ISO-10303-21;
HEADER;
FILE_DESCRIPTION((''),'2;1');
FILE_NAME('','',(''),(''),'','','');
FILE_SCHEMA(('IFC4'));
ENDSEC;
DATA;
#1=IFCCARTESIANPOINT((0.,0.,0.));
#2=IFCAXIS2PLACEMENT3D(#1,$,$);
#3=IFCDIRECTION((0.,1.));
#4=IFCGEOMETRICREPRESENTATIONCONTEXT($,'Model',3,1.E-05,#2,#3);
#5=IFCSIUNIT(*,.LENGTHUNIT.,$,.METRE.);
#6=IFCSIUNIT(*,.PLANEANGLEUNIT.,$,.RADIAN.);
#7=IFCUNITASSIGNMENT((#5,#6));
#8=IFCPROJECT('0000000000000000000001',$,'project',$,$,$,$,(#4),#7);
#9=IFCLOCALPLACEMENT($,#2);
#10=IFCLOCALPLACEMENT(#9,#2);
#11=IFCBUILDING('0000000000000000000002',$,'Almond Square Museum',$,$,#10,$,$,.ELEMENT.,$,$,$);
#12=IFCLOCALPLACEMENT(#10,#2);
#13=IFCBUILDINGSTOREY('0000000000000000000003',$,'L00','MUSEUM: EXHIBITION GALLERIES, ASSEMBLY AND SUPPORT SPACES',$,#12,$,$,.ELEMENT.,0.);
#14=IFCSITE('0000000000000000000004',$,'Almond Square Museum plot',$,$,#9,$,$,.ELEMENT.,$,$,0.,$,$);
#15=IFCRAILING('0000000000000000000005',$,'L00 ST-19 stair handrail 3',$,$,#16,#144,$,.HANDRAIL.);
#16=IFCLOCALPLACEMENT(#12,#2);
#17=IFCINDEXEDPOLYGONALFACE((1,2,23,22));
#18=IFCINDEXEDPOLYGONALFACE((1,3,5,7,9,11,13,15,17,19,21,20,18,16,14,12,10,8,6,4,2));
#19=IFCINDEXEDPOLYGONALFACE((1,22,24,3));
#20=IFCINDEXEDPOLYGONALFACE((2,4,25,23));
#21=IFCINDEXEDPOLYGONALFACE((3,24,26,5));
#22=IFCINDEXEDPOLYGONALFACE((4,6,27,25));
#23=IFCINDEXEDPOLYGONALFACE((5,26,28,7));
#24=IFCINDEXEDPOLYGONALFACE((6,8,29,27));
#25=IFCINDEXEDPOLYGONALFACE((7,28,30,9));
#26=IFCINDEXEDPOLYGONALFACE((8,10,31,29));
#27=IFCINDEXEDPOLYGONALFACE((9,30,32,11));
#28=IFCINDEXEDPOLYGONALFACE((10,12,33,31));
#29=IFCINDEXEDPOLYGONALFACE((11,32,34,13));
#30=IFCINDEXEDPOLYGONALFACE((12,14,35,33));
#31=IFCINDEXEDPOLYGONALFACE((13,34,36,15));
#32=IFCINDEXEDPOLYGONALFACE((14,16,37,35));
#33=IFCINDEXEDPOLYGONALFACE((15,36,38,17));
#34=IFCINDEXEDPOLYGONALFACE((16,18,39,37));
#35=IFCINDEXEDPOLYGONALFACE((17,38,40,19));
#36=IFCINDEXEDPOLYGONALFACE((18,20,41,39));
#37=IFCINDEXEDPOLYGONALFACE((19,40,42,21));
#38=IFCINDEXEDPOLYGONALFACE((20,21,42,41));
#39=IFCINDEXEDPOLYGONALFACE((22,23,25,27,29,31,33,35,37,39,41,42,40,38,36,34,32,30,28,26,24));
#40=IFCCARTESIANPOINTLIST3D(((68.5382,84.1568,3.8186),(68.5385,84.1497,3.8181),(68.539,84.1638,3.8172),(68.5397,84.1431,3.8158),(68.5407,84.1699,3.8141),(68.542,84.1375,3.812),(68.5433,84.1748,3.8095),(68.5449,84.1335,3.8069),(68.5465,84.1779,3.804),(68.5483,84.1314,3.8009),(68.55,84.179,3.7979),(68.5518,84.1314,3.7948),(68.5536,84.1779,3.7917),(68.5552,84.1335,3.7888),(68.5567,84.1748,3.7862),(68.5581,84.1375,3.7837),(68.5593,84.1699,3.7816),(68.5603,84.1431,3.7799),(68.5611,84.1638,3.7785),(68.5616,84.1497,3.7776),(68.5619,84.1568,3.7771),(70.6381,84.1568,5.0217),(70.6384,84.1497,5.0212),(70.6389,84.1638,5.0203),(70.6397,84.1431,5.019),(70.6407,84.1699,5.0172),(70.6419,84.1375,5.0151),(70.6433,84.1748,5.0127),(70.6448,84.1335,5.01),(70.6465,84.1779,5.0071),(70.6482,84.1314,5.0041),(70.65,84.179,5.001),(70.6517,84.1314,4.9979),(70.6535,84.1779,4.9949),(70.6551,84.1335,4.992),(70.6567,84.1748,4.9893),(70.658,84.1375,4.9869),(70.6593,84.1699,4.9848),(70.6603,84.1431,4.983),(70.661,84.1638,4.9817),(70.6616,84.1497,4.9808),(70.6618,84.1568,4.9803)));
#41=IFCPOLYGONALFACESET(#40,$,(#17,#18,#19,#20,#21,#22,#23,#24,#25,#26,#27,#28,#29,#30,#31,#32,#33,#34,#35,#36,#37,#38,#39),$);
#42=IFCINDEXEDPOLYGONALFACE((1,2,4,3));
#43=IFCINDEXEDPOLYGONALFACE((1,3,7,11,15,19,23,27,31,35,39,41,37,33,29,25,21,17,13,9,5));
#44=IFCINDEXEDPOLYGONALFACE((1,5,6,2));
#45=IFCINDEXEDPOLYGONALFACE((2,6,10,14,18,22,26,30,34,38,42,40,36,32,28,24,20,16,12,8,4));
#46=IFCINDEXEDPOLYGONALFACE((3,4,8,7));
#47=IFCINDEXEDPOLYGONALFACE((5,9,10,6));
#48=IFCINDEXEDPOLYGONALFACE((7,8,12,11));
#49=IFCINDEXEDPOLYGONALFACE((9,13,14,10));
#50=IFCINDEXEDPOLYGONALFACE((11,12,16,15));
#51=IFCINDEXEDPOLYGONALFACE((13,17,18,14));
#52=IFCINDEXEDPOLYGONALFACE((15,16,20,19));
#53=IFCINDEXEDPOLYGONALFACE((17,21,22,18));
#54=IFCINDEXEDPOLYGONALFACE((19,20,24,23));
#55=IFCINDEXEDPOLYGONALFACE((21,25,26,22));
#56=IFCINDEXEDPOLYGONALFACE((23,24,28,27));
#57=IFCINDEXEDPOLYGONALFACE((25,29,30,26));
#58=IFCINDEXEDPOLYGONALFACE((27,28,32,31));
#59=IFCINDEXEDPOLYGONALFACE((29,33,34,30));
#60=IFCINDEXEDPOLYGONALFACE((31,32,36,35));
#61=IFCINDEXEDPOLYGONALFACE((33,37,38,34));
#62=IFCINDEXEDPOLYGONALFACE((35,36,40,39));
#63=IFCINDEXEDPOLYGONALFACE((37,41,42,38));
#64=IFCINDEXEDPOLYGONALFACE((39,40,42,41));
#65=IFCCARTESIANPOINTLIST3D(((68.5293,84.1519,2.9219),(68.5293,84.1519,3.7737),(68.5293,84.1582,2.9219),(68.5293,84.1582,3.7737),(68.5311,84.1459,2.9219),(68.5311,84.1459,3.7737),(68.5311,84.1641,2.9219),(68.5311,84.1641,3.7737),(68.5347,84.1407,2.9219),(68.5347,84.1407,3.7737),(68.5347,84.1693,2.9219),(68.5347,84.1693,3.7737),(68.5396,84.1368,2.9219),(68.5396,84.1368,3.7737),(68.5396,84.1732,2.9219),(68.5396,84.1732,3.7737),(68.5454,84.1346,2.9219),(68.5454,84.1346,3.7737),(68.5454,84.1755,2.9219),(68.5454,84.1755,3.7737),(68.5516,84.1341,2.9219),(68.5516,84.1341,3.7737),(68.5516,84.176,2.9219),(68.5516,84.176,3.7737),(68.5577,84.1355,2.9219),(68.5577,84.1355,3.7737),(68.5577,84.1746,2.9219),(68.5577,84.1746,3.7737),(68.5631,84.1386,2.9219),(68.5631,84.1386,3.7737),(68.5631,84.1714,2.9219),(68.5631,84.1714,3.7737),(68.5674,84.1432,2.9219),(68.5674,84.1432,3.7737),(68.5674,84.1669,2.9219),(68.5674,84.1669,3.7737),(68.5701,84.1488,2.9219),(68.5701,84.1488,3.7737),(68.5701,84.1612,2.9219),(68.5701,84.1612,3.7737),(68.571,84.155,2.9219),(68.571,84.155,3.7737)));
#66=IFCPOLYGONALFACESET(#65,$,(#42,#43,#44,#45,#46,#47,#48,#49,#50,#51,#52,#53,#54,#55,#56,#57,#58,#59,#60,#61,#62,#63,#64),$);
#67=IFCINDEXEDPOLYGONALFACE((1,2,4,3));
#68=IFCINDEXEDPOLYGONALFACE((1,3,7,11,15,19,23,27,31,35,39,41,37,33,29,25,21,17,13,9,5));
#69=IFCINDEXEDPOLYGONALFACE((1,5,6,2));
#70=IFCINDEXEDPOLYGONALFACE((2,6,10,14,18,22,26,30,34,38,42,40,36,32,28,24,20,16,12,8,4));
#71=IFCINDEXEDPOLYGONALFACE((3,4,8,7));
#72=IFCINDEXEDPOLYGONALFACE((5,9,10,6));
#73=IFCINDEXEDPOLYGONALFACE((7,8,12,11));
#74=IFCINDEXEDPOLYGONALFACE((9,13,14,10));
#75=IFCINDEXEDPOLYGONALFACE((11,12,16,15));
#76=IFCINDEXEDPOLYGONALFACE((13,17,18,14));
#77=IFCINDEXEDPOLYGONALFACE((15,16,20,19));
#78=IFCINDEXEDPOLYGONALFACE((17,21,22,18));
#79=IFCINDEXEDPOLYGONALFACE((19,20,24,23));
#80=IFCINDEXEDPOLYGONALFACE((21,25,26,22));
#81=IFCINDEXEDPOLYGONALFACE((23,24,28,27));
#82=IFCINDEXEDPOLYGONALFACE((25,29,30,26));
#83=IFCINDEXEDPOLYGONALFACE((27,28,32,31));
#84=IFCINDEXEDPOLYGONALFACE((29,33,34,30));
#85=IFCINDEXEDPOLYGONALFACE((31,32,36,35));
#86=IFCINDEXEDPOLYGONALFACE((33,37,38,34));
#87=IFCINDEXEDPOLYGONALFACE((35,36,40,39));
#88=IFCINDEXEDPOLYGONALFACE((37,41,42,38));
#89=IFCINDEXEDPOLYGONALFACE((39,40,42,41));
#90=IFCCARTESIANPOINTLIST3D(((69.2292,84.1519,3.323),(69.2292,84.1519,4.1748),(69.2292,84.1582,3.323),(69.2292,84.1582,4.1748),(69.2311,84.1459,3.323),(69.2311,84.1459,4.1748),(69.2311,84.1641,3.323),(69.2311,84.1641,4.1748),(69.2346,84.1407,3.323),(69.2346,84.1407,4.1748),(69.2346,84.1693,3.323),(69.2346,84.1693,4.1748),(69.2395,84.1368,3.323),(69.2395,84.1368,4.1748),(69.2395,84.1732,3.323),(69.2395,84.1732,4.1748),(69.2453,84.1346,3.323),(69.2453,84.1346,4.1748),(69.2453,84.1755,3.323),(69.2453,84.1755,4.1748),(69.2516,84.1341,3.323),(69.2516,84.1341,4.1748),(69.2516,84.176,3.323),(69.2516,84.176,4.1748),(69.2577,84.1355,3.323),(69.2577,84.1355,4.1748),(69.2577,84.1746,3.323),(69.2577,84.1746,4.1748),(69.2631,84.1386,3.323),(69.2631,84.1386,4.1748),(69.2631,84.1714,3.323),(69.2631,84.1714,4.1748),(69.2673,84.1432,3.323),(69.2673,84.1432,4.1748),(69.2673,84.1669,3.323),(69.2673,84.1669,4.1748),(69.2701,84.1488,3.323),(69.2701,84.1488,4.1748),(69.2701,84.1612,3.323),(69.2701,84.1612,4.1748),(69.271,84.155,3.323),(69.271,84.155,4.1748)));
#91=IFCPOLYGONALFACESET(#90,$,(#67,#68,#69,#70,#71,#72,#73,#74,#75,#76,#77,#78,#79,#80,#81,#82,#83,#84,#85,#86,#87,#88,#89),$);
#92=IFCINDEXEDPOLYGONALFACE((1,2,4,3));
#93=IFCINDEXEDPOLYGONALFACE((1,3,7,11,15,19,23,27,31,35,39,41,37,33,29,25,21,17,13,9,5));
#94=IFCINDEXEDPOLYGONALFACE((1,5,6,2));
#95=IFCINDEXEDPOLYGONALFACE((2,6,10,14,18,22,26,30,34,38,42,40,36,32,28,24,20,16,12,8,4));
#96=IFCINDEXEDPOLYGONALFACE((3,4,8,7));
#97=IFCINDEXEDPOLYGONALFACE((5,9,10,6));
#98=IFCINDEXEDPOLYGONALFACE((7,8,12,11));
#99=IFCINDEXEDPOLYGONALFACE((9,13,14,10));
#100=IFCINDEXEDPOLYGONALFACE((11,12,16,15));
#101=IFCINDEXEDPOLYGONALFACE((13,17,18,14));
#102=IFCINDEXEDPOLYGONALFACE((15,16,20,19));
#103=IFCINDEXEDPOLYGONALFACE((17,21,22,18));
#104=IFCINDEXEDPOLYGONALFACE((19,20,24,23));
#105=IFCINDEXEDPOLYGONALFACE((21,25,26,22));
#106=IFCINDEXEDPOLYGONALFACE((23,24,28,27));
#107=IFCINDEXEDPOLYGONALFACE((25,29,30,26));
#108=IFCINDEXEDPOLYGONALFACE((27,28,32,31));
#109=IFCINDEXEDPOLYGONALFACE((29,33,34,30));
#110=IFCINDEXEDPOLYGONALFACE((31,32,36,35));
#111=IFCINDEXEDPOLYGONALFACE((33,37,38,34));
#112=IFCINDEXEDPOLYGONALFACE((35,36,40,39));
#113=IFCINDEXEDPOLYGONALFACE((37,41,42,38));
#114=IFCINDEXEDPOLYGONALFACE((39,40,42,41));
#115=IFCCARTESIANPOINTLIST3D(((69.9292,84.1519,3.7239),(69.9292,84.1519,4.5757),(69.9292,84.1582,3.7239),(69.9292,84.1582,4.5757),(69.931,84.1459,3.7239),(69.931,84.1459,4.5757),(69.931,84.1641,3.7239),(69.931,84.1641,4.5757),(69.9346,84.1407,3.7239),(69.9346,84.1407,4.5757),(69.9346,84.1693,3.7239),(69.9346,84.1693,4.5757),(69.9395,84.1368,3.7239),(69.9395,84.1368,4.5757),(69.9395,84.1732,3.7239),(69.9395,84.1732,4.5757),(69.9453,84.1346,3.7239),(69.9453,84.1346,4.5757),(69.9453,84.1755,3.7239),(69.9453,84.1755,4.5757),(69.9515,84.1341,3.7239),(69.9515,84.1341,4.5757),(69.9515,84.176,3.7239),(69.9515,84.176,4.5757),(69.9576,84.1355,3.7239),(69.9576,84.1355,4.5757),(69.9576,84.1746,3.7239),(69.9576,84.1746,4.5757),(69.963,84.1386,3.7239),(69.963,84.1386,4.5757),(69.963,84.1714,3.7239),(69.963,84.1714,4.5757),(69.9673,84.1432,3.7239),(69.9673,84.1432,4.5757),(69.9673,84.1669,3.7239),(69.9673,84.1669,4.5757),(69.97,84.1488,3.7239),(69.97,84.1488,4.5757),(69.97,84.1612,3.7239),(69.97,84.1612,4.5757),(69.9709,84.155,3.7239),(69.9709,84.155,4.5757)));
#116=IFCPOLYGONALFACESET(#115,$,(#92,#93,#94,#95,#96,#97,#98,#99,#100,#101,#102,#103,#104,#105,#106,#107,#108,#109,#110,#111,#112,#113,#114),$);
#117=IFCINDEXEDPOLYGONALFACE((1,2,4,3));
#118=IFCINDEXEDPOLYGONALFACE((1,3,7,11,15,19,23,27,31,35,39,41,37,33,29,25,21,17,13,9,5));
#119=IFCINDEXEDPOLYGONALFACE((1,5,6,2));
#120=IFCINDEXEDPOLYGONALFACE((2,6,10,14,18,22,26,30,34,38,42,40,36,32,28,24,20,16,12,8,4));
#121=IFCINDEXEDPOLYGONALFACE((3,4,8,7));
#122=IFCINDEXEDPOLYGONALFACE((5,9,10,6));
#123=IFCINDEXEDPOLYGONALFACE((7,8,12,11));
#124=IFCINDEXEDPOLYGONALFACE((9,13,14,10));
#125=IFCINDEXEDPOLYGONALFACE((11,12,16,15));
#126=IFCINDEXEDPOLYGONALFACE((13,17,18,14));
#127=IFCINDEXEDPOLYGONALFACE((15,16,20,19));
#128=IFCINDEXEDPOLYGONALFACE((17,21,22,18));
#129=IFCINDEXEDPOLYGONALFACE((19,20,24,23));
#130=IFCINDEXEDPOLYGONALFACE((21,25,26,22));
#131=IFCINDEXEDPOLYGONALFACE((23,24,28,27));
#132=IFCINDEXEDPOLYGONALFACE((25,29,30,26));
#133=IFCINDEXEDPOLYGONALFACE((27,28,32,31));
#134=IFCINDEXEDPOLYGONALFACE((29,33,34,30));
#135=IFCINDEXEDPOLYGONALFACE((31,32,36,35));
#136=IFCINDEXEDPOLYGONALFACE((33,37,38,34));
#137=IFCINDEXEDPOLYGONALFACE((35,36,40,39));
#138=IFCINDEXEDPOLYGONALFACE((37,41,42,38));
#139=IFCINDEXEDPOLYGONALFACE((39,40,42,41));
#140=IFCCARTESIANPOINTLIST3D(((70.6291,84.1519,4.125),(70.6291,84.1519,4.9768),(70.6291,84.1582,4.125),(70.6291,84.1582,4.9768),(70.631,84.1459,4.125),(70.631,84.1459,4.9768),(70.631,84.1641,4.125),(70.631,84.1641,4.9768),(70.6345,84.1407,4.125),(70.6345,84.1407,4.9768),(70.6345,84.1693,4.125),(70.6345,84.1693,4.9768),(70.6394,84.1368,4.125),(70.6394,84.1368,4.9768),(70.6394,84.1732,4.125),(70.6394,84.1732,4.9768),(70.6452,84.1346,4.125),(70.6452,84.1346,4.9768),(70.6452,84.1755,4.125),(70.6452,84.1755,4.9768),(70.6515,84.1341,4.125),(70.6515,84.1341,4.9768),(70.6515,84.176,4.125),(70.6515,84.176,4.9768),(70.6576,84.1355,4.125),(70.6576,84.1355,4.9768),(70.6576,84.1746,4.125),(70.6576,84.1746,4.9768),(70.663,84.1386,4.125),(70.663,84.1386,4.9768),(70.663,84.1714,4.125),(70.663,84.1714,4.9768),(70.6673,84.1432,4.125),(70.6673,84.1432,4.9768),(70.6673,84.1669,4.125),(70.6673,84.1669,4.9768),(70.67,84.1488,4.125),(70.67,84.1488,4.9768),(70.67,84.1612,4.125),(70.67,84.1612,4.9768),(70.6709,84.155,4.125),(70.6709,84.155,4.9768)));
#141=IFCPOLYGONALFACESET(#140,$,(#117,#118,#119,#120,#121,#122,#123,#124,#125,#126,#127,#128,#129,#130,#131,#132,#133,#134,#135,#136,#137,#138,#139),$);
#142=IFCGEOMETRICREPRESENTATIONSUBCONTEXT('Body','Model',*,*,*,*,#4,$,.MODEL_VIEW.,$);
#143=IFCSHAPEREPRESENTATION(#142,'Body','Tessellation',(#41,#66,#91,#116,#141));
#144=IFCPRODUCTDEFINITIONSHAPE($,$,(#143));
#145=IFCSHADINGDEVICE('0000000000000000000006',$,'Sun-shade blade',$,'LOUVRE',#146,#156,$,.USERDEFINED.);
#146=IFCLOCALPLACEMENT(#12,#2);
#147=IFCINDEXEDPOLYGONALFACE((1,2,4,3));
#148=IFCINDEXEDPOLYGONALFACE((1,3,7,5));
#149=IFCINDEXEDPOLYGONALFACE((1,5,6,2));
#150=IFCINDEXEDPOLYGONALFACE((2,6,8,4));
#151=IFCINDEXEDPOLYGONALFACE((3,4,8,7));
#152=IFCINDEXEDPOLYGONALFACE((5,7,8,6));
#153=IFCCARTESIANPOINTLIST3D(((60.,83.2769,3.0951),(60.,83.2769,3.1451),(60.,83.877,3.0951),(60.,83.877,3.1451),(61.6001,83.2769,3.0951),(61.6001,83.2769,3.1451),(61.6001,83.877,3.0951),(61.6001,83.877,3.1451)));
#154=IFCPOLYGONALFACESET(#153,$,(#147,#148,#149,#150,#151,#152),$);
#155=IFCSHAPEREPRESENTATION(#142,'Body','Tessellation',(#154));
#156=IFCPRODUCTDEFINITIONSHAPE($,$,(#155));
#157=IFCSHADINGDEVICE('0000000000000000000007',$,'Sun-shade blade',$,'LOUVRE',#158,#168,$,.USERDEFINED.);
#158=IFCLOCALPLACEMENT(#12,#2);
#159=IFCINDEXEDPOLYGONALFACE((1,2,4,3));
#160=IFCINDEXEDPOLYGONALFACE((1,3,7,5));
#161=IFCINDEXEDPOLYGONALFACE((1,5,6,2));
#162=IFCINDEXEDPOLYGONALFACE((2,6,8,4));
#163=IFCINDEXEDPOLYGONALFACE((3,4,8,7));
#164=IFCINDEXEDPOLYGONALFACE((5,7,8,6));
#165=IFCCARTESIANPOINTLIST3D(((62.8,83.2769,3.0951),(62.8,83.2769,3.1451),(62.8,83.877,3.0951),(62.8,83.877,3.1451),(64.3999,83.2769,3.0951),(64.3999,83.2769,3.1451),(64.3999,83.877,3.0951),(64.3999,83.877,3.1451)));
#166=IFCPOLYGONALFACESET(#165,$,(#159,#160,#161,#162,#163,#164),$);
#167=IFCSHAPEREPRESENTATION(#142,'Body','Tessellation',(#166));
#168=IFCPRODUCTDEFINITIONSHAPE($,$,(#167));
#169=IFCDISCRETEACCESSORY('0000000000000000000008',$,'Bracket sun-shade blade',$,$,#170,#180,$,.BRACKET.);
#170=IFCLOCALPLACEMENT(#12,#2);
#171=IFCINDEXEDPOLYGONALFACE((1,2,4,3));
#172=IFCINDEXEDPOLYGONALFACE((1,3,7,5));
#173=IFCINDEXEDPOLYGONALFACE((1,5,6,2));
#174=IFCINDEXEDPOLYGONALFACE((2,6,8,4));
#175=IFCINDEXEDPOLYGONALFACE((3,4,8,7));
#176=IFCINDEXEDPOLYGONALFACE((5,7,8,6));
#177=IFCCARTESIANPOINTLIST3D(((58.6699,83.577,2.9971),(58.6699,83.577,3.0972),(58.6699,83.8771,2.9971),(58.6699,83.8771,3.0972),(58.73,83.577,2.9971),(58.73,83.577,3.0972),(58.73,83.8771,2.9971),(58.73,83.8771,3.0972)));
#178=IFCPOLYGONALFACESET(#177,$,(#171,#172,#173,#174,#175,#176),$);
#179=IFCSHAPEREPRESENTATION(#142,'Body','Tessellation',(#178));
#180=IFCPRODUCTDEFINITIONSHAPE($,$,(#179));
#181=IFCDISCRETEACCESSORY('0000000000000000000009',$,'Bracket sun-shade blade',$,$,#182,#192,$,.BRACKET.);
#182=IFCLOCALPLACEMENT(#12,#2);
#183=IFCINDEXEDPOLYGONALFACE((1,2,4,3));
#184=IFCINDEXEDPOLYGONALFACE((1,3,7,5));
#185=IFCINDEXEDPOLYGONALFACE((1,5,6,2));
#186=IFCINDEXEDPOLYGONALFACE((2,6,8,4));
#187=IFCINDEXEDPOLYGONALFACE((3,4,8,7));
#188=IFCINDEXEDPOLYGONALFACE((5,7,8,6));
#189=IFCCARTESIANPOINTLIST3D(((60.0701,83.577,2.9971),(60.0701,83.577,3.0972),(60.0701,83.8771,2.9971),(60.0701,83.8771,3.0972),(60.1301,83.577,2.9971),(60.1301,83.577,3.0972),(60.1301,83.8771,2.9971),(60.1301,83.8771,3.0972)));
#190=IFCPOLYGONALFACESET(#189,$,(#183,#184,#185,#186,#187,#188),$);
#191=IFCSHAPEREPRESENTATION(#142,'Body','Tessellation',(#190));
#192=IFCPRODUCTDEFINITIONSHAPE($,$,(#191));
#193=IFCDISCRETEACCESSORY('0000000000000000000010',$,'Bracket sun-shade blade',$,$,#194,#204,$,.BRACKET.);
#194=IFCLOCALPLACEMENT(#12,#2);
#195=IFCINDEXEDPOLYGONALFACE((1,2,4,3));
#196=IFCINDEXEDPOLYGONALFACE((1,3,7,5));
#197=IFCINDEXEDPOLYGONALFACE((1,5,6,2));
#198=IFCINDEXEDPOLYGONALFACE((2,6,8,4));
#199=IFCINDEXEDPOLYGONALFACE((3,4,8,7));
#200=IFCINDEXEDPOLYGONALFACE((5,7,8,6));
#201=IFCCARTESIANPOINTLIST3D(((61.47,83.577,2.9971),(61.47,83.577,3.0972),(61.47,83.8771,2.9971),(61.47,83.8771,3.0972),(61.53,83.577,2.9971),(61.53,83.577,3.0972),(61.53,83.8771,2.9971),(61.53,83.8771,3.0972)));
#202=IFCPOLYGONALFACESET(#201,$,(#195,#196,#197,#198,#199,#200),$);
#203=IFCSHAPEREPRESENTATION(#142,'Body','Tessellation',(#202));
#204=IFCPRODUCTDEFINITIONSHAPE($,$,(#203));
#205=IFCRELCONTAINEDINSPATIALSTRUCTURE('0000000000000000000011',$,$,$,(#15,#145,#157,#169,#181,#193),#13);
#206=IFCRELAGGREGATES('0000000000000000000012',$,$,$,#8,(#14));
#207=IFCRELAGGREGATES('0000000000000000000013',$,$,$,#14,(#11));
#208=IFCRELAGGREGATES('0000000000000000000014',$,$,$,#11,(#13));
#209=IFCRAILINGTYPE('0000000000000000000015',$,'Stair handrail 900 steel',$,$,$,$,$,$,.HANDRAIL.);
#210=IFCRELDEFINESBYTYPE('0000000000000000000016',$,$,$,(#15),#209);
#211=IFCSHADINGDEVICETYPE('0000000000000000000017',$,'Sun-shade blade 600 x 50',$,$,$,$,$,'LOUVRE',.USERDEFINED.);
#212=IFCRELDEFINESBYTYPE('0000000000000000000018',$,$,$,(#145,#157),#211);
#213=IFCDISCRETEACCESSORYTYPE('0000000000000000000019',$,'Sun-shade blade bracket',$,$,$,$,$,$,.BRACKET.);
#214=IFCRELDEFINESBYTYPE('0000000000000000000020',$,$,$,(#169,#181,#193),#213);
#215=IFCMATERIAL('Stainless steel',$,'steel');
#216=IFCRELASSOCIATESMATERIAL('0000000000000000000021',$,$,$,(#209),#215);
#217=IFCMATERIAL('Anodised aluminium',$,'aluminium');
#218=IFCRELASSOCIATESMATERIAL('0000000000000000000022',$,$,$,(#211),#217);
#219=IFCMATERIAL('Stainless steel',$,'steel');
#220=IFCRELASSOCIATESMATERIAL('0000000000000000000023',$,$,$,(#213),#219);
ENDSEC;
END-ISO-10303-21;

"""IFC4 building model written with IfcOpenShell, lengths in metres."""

from ifc_helpers import new_model, si_unit, direction, frame, origin, origin_2d, place, context, subcontext, project, spatial, rectangle, circle, extrude, material, material_profile, profile_set, type_object, element, save


model = new_model("IFC4")

# Units and contexts
model_context = context("Model", 3, precision=1e-05, world=origin(), true_north=direction((0.0, 1.0)))
body_context = subcontext(model_context, "Body", "Model", "MODEL_VIEW")
ifc_project = project(units=[si_unit("LENGTHUNIT", "METRE"), si_unit("PLANEANGLEUNIT", "RADIAN")], contexts=[model_context])

# Site, building, storey
site_placement = place(None, origin())
site = spatial("IfcSite", under=ifc_project, at=site_placement, Name="Almond Square Museum plot", CompositionType="ELEMENT", RefElevation=0.0)
building_placement = place(site_placement, origin())
building = spatial("IfcBuilding", under=site, at=building_placement, Name="Almond Square Museum", CompositionType="ELEMENT")
storey_placement = place(building_placement, origin())
storey = spatial("IfcBuildingStorey", under=building, at=storey_placement, Name="L00", Description="MUSEUM: EXHIBITION GALLERIES, ASSEMBLY AND SUPPORT SPACES", CompositionType="ELEMENT", Elevation=0.0)

# Railing
ifc_material_1 = material(Name="Stainless steel", Category="steel")
railing_type = type_object("IfcRailingType", Name="Stair handrail 900 steel", PredefinedType="HANDRAIL", material=ifc_material_1)
for number, where, name in (
    (1, (68.55, 84.155, 2.9219), "L00 ST-19 stair handrail 3"),
):
    element("IfcRailing", number, at=place(storey_placement, frame(where)), inside=storey, type_object=railing_type, Name=name, PredefinedType="HANDRAIL", context=body_context, shape_type="SweptSolid", body=[
        extrude(circle(Radius=0.0239, at=origin_2d()), frame((0.0, 0.0, 0.876), z_axis=(0.867671, 0.0, 0.497138), x_axis=(0.0, 1.0, 0.0)), (0.0, 0.0, 1.0), 2.4202),
        extrude(circle(Radius=0.021, at=origin_2d()), origin(), (0.0, 0.0, 1.0), 0.8518),
        extrude(circle(Radius=0.021, at=origin_2d()), frame((0.7, 0.0, 0.4011)), (0.0, 0.0, 1.0), 0.8518),
        extrude(circle(Radius=0.021, at=origin_2d()), frame((1.3999, 0.0, 0.802)), (0.0, 0.0, 1.0), 0.8518),
        extrude(circle(Radius=0.021, at=origin_2d()), frame((2.0999, 0.0, 1.2031)), (0.0, 0.0, 1.0), 0.8518),
    ])

# Shading devices
ifc_material_2 = material(Name="Anodised aluminium", Category="aluminium")
ifc_material_profile_1 = material_profile(ifc_material_2, rectangle(XDim=0.6001, YDim=0.05, at=origin_2d()))
ifc_profile_set_1 = profile_set([ifc_material_profile_1], Name="Anodised aluminium")
shading_device_type = type_object("IfcShadingDeviceType", Name="Sun-shade blade 600 x 50", ElementType="LOUVRE", PredefinedType="USERDEFINED", material=ifc_profile_set_1)
shading_device_1_placement = place(storey_placement, frame((60.0, 83.5769, 3.1201), z_axis=(1.0, 0.0, 0.0), x_axis=(0.0, 1.0, 0.0)))
element("IfcShadingDevice", 2, at=shading_device_1_placement, inside=storey, type_object=shading_device_type, Name="Sun-shade blade", ObjectType="LOUVRE", PredefinedType="USERDEFINED", context=body_context, shape_type="SweptSolid", body=[
    extrude(rectangle(XDim=0.6001, YDim=0.05, at=origin_2d()), origin(), (0.0, 0.0, 1.0), 1.6001),
])
shading_device_2_placement = place(storey_placement, frame((62.8, 83.5769, 3.1201), z_axis=(1.0, 0.0, 0.0), x_axis=(0.0, 1.0, 0.0)))
element("IfcShadingDevice", 3, at=shading_device_2_placement, inside=storey, type_object=shading_device_type, Name="Sun-shade blade", ObjectType="LOUVRE", PredefinedType="USERDEFINED", context=body_context, shape_type="SweptSolid", body=[
    extrude(rectangle(XDim=0.6001, YDim=0.05, at=origin_2d()), origin(), (0.0, 0.0, 1.0), 1.5999),
])

# Discrete accessories
ifc_material_3 = material(Name="Stainless steel", Category="steel")
discrete_accessory_type = type_object("IfcDiscreteAccessoryType", Name="Sun-shade blade bracket", PredefinedType="BRACKET", material=ifc_material_3)
for number, where, z_axis, x_axis, name in (
    (4, (58.7, 83.7271, 2.9971), (0.0, 0.0, 1.0), (1.0, 0.0, 0.0), "Bracket sun-shade blade"),
    (5, (60.1001, 83.7271, 2.9971), (0.0, 0.0, 1.0), (1.0, 0.0, 0.0), "Bracket sun-shade blade"),
    (6, (61.5, 83.7271, 2.9971), (0.0, 0.0, 1.0), (1.0, 0.0, 0.0), "Bracket sun-shade blade"),
):
    element("IfcDiscreteAccessory", number, at=place(storey_placement, frame(where, z_axis=z_axis, x_axis=x_axis)), inside=storey, type_object=discrete_accessory_type, Name=name, PredefinedType="BRACKET", context=body_context, shape_type="SweptSolid", body=[
        extrude(rectangle(XDim=0.0601, YDim=0.3, at=origin_2d()), origin(), (0.0, 0.0, 1.0), 0.1001),
    ])

save(model, "model.ifc")
